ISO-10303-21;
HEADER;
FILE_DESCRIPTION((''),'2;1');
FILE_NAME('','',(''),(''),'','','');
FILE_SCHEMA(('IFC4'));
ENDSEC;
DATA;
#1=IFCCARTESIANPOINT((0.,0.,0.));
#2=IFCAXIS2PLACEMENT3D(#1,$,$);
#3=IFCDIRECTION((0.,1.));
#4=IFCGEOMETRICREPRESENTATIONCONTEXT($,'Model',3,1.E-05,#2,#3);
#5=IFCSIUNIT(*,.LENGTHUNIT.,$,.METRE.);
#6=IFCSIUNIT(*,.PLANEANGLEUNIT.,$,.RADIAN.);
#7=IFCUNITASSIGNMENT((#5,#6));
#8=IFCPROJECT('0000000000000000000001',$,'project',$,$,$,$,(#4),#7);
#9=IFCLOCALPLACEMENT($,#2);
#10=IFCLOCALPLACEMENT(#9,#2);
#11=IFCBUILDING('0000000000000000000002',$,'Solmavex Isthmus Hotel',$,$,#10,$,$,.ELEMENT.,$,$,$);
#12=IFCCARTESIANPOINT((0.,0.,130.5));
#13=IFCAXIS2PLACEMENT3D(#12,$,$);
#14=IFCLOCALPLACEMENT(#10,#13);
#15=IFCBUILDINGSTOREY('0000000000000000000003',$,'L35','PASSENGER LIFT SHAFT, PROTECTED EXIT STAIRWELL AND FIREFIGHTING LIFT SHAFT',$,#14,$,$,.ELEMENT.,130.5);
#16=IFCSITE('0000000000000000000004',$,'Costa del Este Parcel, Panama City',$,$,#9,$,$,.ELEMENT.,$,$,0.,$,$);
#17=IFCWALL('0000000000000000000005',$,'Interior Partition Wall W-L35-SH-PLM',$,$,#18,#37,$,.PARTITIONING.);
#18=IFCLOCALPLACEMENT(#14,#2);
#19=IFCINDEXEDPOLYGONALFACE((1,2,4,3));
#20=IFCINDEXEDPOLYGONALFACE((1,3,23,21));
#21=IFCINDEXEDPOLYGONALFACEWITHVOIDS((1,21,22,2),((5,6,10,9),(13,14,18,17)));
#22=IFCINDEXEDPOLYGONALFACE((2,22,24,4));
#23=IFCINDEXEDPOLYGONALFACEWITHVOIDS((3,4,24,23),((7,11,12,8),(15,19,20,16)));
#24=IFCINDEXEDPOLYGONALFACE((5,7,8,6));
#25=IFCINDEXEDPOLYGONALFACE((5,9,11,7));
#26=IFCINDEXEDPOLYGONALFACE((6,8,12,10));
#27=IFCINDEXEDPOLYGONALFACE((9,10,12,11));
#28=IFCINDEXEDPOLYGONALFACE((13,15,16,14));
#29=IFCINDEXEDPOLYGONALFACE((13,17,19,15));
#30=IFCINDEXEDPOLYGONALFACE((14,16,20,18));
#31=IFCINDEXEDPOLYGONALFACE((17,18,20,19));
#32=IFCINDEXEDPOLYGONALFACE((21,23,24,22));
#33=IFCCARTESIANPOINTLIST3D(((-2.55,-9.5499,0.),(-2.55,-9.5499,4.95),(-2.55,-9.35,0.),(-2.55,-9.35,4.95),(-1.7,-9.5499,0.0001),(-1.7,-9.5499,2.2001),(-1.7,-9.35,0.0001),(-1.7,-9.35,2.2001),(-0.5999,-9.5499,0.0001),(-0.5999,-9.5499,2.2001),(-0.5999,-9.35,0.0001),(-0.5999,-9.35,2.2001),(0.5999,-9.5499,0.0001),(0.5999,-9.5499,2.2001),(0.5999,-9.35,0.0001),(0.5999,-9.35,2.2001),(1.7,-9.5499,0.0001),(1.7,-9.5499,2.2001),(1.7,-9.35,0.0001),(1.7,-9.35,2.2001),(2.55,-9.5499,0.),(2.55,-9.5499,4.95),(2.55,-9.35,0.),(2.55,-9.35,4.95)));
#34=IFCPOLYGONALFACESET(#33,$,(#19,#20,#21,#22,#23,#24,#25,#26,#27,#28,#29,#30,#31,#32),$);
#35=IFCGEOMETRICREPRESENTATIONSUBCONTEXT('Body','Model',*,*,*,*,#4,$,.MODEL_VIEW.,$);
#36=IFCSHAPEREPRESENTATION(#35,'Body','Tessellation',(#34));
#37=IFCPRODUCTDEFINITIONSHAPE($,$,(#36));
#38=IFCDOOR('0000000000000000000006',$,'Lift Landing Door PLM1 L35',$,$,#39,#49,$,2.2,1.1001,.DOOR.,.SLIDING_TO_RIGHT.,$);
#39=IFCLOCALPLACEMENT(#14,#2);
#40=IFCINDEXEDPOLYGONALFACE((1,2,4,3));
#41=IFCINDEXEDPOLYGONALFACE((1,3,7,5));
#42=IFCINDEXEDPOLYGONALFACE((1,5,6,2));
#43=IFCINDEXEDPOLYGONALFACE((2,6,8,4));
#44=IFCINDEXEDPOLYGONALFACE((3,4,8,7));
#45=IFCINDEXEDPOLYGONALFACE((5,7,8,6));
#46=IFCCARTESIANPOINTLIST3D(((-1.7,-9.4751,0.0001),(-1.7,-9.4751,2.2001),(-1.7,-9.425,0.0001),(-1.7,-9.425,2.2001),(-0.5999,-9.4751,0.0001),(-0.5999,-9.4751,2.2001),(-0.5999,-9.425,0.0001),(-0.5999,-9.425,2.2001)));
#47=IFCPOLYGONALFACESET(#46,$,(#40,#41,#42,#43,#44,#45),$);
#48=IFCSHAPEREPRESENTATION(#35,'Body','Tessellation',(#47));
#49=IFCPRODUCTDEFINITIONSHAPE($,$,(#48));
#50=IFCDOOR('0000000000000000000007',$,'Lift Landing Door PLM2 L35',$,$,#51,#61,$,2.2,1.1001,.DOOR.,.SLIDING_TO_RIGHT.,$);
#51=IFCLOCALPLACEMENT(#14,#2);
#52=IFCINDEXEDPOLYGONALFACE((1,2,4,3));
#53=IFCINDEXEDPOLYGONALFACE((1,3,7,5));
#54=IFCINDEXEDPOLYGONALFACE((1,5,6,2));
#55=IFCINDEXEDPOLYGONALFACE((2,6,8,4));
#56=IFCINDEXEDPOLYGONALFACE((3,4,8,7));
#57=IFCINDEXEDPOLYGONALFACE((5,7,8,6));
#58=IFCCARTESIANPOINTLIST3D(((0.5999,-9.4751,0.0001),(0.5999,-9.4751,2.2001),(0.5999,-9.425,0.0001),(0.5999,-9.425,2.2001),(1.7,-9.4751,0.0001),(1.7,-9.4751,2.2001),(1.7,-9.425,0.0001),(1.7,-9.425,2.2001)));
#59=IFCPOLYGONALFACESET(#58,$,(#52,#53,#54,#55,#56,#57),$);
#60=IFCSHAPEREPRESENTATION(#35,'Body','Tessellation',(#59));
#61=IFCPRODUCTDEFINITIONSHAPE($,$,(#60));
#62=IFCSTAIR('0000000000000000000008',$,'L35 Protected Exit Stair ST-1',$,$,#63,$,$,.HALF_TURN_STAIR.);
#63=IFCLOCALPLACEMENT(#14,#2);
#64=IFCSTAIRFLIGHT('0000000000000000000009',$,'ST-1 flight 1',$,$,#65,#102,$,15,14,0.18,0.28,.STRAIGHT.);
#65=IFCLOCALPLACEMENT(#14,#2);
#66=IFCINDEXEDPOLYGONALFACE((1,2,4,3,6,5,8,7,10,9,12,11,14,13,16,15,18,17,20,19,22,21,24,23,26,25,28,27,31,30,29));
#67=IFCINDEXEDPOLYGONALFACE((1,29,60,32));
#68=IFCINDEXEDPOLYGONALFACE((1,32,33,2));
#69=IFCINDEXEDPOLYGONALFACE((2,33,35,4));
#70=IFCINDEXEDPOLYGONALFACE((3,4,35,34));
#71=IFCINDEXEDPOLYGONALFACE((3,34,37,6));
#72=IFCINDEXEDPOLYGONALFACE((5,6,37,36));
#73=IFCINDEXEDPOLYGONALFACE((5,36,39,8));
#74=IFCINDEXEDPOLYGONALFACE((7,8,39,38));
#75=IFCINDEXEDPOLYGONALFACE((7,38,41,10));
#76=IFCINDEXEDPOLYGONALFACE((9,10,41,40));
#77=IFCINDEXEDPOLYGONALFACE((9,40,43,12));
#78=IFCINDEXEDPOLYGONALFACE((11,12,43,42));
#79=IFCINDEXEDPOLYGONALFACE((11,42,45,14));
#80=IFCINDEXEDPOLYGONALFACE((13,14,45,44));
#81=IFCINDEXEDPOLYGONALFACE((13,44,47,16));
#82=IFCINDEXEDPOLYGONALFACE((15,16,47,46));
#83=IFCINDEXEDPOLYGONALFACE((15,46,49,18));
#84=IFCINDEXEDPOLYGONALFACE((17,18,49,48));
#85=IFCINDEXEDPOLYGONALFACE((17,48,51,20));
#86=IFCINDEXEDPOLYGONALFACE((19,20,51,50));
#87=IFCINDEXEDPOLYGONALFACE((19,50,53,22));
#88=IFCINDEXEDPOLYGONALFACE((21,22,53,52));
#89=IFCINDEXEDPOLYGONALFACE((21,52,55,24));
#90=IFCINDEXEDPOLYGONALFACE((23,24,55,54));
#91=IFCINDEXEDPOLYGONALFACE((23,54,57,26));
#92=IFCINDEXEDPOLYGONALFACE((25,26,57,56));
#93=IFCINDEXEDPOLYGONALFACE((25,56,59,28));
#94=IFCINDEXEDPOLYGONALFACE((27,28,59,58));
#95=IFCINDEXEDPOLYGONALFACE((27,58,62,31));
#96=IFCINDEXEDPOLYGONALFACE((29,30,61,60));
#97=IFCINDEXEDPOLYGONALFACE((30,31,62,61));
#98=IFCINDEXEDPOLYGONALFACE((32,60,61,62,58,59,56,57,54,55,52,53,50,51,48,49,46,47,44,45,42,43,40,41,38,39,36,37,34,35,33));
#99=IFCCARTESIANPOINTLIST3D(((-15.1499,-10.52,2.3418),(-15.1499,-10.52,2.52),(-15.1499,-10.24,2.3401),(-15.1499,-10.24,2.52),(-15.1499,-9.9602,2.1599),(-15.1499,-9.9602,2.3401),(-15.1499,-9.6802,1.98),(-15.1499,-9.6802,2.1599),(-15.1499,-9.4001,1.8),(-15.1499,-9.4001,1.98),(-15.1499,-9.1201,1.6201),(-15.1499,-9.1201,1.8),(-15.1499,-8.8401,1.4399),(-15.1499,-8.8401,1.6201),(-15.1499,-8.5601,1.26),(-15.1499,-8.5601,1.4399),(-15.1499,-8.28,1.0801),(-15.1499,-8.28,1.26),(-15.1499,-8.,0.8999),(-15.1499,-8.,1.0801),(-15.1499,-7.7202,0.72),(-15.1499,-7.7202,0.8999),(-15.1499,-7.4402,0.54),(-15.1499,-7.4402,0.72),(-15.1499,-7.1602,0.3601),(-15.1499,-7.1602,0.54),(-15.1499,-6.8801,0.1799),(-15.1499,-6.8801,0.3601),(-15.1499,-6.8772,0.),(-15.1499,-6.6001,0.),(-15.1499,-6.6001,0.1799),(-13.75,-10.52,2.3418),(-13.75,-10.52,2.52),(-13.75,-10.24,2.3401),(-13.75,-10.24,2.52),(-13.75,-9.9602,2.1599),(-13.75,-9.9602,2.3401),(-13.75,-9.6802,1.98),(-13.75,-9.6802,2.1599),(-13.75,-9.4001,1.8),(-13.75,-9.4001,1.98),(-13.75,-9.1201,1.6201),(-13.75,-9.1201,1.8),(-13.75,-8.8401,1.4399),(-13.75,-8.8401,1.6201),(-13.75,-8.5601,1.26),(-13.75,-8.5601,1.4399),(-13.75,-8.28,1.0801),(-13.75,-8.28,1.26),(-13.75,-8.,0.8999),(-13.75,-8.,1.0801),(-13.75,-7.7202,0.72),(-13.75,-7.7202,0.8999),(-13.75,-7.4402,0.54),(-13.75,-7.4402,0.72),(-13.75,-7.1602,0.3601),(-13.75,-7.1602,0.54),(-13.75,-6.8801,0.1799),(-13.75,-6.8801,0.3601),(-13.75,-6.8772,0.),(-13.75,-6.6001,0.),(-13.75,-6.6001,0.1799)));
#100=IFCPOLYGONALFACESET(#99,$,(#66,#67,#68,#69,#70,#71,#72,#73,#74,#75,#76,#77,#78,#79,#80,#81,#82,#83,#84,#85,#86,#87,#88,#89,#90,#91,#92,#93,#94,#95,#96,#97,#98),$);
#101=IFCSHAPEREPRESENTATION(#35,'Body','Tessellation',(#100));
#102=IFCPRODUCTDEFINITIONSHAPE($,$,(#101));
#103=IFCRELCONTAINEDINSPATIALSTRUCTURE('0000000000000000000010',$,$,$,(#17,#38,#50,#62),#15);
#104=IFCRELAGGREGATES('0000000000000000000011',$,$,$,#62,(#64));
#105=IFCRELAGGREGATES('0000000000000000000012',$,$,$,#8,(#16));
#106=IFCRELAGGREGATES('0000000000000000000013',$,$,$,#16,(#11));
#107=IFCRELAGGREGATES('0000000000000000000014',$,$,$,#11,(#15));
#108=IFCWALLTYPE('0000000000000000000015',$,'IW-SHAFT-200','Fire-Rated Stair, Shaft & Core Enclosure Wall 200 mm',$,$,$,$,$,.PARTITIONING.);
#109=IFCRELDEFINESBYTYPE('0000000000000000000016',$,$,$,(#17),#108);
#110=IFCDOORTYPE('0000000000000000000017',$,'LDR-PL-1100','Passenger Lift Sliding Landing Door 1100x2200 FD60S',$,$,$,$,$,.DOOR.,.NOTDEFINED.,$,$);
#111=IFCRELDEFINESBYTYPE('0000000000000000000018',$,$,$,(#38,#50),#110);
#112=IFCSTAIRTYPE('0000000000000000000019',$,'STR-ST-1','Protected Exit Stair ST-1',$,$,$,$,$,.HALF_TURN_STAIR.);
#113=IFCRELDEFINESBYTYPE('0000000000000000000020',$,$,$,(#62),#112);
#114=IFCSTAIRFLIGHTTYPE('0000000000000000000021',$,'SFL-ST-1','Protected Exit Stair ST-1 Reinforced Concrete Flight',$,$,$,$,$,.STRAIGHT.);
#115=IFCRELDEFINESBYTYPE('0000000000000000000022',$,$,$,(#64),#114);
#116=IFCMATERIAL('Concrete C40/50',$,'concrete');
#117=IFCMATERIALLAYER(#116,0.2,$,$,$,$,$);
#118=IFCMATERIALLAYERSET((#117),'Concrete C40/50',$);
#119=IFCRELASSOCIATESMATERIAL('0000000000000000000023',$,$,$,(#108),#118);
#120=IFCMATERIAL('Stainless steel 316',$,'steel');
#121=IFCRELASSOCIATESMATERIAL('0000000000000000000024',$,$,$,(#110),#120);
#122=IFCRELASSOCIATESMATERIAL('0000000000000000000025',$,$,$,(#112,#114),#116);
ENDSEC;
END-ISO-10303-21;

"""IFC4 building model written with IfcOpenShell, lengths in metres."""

from ifc_helpers import new_model, si_unit, direction, frame, frame_2d, origin, place, context, subcontext, project, spatial, polyline, rectangle, outline, extrude, material, layer, layer_set, type_object, element, fill, aggregate, save


model = new_model("IFC4")

# Units and contexts
model_context = context("Model", 3, precision=1e-05, world=origin(), true_north=direction((0.0, 1.0)))
body_context = subcontext(model_context, "Body", "Model", "MODEL_VIEW")
ifc_project = project(units=[si_unit("LENGTHUNIT", "METRE"), si_unit("PLANEANGLEUNIT", "RADIAN")], contexts=[model_context])

# Site, building, storey
site_placement = place(None, origin())
site = spatial("IfcSite", under=ifc_project, at=site_placement, Name="Costa del Este Parcel, Panama City", CompositionType="ELEMENT", RefElevation=0.0)
building_placement = place(site_placement, origin())
building = spatial("IfcBuilding", under=site, at=building_placement, Name="Solmavex Isthmus Hotel", CompositionType="ELEMENT")
storey_placement = place(building_placement, frame((0.0, 0.0, 130.5)))
storey = spatial("IfcBuildingStorey", under=building, at=storey_placement, Name="L35", Description="PASSENGER LIFT SHAFT, PROTECTED EXIT STAIRWELL AND FIREFIGHTING LIFT SHAFT", CompositionType="ELEMENT", Elevation=130.5)

# Shared definitions
ifc_material_1 = material(Name="Concrete C40/50", Category="concrete")
ifc_layer_1 = layer(ifc_material_1, 0.2)
ifc_layer_set_1 = layer_set([ifc_layer_1], Name="Concrete C40/50")
wall_type_1 = type_object("IfcWallType", Name="IW-SHAFT-200", Description="Fire-Rated Stair, Shaft & Core Enclosure Wall 200 mm", PredefinedType="PARTITIONING", material=ifc_layer_set_1)

# Wall, openings, doors
ifc_material_2 = material(Name="Stainless steel 316", Category="steel")
wall_1_placement = place(storey_placement, frame((-2.55, -9.45, 0.0), z_axis=(0.0, 0.0, 1.0), x_axis=(1.0, 0.0, 0.0)))
wall_1 = element("IfcWall", 1, at=wall_1_placement, inside=storey, type_object=wall_type_1, Name="Interior Partition Wall W-L35-SH-PLM", PredefinedType="PARTITIONING", context=body_context, shape_type="SweptSolid", body=[
    extrude(rectangle(XDim=5.1001, YDim=0.2, at=frame_2d((2.55, 0.0))), origin(), (0.0, 0.0, 1.0), 4.95),
])
opening_1_placement = place(wall_1_placement, frame((0.8501, 0.0, 0.0)))
opening_1 = element("IfcOpeningElement", 2, at=opening_1_placement, cuts=wall_1, PredefinedType="OPENING", context=body_context, shape_type="SweptSolid", body=[
    extrude(rectangle(XDim=1.1001, YDim=2.2, at=frame_2d((0.55, 1.1001))), frame((0.0, 0.1099, 0.0), z_axis=(0.0, -1.0, 0.0), x_axis=(1.0, 0.0, 0.0)), (0.0, 0.0, 1.0), 0.22),
])
opening_2_placement = place(wall_1_placement, frame((3.1499, 0.0, 0.0)))
opening_2 = element("IfcOpeningElement", 3, at=opening_2_placement, cuts=wall_1, PredefinedType="OPENING", context=body_context, shape_type="SweptSolid", body=[
    extrude(rectangle(XDim=1.1001, YDim=2.2, at=frame_2d((0.55, 1.1001))), frame((0.0, 0.1099, 0.0), z_axis=(0.0, -1.0, 0.0), x_axis=(1.0, 0.0, 0.0)), (0.0, 0.0, 1.0), 0.22),
])
door_type_1 = type_object("IfcDoorType", Name="LDR-PL-1100", Description="Passenger Lift Sliding Landing Door 1100x2200 FD60S", OperationType="NOTDEFINED", PredefinedType="DOOR", material=ifc_material_2)
door_1_placement = place(opening_1_placement, origin())
door_1 = element("IfcDoor", 4, at=door_1_placement, inside=storey, type_object=door_type_1, Name="Lift Landing Door PLM1 L35", OperationType="SLIDING_TO_RIGHT", OverallHeight=2.2, OverallWidth=1.1001, PredefinedType="DOOR", context=body_context, shape_type="SweptSolid", body=[
    extrude(rectangle(XDim=1.1001, YDim=2.2, at=frame_2d((0.55, 1.1001))), frame((0.0, 0.0249, 0.0), z_axis=(0.0, -1.0, 0.0), x_axis=(1.0, 0.0, 0.0)), (0.0, 0.0, 1.0), 0.05),
])
fill(opening_1, door_1)
door_2_placement = place(opening_2_placement, origin())
door_2 = element("IfcDoor", 5, at=door_2_placement, inside=storey, type_object=door_type_1, Name="Lift Landing Door PLM2 L35", OperationType="SLIDING_TO_RIGHT", OverallHeight=2.2, OverallWidth=1.1001, PredefinedType="DOOR", context=body_context, shape_type="SweptSolid", body=[
    extrude(rectangle(XDim=1.1001, YDim=2.2, at=frame_2d((0.55, 1.1001))), frame((0.0, 0.0249, 0.0), z_axis=(0.0, -1.0, 0.0), x_axis=(1.0, 0.0, 0.0)), (0.0, 0.0, 1.0), 0.05),
])
fill(opening_2, door_2)

# Stair, stair flight
stair_type = type_object("IfcStairType", Name="STR-ST-1", Description="Protected Exit Stair ST-1", PredefinedType="HALF_TURN_STAIR", material=ifc_material_1)
stair_placement = place(storey_placement, origin())
stair = element("IfcStair", 6, at=stair_placement, inside=storey, type_object=stair_type, Name="L35 Protected Exit Stair ST-1", PredefinedType="HALF_TURN_STAIR")
stair_flight_type = type_object("IfcStairFlightType", Name="SFL-ST-1", Description="Protected Exit Stair ST-1 Reinforced Concrete Flight", PredefinedType="STRAIGHT", material=ifc_material_1)
stair_flight_placement = place(storey_placement, frame((-14.45, -6.6001, 0.0), z_axis=(0.0, 0.0, 1.0), x_axis=(0.0, -1.0, 0.0)))
stair_flight = element("IfcStairFlight", 7, at=stair_flight_placement, type_object=stair_flight_type, Name="ST-1 flight 1", NumberOfRisers=15, NumberOfTreads=14, PredefinedType="STRAIGHT", RiserHeight=0.18, TreadLength=0.28, context=body_context, shape_type="SweptSolid", body=[
    extrude(outline(polyline([(0.0, 0.0), (0.0, 0.1799), (0.28, 0.1799), (0.28, 0.3601), (0.5601, 0.3601), (0.5601, 0.54), (0.8401, 0.54), (0.8401, 0.72), (1.1201, 0.72), (1.1201, 0.8999), (1.3999, 0.8999), (1.3999, 1.0801), (1.6799, 1.0801), (1.6799, 1.26), (1.96, 1.26), (1.96, 1.4399), (2.24, 1.4399), (2.24, 1.6201), (2.52, 1.6201), (2.52, 1.8), (2.8, 1.8), (2.8, 1.98), (3.0801, 1.98), (3.0801, 2.1599), (3.3601, 2.1599), (3.3601, 2.3401), (3.6399, 2.3401), (3.6399, 2.52), (3.9199, 2.52), (3.9199, 2.7), (3.9199, 2.3418), (0.2771, 0.0), (0.0, 0.0)])), frame((0.0, 0.7, 0.0), z_axis=(0.0, -1.0, 0.0), x_axis=(1.0, 0.0, 0.0)), (0.0, 0.0, 1.0), 1.3999),
])
aggregate(stair, [stair_flight])

save(model, "model.ifc")
